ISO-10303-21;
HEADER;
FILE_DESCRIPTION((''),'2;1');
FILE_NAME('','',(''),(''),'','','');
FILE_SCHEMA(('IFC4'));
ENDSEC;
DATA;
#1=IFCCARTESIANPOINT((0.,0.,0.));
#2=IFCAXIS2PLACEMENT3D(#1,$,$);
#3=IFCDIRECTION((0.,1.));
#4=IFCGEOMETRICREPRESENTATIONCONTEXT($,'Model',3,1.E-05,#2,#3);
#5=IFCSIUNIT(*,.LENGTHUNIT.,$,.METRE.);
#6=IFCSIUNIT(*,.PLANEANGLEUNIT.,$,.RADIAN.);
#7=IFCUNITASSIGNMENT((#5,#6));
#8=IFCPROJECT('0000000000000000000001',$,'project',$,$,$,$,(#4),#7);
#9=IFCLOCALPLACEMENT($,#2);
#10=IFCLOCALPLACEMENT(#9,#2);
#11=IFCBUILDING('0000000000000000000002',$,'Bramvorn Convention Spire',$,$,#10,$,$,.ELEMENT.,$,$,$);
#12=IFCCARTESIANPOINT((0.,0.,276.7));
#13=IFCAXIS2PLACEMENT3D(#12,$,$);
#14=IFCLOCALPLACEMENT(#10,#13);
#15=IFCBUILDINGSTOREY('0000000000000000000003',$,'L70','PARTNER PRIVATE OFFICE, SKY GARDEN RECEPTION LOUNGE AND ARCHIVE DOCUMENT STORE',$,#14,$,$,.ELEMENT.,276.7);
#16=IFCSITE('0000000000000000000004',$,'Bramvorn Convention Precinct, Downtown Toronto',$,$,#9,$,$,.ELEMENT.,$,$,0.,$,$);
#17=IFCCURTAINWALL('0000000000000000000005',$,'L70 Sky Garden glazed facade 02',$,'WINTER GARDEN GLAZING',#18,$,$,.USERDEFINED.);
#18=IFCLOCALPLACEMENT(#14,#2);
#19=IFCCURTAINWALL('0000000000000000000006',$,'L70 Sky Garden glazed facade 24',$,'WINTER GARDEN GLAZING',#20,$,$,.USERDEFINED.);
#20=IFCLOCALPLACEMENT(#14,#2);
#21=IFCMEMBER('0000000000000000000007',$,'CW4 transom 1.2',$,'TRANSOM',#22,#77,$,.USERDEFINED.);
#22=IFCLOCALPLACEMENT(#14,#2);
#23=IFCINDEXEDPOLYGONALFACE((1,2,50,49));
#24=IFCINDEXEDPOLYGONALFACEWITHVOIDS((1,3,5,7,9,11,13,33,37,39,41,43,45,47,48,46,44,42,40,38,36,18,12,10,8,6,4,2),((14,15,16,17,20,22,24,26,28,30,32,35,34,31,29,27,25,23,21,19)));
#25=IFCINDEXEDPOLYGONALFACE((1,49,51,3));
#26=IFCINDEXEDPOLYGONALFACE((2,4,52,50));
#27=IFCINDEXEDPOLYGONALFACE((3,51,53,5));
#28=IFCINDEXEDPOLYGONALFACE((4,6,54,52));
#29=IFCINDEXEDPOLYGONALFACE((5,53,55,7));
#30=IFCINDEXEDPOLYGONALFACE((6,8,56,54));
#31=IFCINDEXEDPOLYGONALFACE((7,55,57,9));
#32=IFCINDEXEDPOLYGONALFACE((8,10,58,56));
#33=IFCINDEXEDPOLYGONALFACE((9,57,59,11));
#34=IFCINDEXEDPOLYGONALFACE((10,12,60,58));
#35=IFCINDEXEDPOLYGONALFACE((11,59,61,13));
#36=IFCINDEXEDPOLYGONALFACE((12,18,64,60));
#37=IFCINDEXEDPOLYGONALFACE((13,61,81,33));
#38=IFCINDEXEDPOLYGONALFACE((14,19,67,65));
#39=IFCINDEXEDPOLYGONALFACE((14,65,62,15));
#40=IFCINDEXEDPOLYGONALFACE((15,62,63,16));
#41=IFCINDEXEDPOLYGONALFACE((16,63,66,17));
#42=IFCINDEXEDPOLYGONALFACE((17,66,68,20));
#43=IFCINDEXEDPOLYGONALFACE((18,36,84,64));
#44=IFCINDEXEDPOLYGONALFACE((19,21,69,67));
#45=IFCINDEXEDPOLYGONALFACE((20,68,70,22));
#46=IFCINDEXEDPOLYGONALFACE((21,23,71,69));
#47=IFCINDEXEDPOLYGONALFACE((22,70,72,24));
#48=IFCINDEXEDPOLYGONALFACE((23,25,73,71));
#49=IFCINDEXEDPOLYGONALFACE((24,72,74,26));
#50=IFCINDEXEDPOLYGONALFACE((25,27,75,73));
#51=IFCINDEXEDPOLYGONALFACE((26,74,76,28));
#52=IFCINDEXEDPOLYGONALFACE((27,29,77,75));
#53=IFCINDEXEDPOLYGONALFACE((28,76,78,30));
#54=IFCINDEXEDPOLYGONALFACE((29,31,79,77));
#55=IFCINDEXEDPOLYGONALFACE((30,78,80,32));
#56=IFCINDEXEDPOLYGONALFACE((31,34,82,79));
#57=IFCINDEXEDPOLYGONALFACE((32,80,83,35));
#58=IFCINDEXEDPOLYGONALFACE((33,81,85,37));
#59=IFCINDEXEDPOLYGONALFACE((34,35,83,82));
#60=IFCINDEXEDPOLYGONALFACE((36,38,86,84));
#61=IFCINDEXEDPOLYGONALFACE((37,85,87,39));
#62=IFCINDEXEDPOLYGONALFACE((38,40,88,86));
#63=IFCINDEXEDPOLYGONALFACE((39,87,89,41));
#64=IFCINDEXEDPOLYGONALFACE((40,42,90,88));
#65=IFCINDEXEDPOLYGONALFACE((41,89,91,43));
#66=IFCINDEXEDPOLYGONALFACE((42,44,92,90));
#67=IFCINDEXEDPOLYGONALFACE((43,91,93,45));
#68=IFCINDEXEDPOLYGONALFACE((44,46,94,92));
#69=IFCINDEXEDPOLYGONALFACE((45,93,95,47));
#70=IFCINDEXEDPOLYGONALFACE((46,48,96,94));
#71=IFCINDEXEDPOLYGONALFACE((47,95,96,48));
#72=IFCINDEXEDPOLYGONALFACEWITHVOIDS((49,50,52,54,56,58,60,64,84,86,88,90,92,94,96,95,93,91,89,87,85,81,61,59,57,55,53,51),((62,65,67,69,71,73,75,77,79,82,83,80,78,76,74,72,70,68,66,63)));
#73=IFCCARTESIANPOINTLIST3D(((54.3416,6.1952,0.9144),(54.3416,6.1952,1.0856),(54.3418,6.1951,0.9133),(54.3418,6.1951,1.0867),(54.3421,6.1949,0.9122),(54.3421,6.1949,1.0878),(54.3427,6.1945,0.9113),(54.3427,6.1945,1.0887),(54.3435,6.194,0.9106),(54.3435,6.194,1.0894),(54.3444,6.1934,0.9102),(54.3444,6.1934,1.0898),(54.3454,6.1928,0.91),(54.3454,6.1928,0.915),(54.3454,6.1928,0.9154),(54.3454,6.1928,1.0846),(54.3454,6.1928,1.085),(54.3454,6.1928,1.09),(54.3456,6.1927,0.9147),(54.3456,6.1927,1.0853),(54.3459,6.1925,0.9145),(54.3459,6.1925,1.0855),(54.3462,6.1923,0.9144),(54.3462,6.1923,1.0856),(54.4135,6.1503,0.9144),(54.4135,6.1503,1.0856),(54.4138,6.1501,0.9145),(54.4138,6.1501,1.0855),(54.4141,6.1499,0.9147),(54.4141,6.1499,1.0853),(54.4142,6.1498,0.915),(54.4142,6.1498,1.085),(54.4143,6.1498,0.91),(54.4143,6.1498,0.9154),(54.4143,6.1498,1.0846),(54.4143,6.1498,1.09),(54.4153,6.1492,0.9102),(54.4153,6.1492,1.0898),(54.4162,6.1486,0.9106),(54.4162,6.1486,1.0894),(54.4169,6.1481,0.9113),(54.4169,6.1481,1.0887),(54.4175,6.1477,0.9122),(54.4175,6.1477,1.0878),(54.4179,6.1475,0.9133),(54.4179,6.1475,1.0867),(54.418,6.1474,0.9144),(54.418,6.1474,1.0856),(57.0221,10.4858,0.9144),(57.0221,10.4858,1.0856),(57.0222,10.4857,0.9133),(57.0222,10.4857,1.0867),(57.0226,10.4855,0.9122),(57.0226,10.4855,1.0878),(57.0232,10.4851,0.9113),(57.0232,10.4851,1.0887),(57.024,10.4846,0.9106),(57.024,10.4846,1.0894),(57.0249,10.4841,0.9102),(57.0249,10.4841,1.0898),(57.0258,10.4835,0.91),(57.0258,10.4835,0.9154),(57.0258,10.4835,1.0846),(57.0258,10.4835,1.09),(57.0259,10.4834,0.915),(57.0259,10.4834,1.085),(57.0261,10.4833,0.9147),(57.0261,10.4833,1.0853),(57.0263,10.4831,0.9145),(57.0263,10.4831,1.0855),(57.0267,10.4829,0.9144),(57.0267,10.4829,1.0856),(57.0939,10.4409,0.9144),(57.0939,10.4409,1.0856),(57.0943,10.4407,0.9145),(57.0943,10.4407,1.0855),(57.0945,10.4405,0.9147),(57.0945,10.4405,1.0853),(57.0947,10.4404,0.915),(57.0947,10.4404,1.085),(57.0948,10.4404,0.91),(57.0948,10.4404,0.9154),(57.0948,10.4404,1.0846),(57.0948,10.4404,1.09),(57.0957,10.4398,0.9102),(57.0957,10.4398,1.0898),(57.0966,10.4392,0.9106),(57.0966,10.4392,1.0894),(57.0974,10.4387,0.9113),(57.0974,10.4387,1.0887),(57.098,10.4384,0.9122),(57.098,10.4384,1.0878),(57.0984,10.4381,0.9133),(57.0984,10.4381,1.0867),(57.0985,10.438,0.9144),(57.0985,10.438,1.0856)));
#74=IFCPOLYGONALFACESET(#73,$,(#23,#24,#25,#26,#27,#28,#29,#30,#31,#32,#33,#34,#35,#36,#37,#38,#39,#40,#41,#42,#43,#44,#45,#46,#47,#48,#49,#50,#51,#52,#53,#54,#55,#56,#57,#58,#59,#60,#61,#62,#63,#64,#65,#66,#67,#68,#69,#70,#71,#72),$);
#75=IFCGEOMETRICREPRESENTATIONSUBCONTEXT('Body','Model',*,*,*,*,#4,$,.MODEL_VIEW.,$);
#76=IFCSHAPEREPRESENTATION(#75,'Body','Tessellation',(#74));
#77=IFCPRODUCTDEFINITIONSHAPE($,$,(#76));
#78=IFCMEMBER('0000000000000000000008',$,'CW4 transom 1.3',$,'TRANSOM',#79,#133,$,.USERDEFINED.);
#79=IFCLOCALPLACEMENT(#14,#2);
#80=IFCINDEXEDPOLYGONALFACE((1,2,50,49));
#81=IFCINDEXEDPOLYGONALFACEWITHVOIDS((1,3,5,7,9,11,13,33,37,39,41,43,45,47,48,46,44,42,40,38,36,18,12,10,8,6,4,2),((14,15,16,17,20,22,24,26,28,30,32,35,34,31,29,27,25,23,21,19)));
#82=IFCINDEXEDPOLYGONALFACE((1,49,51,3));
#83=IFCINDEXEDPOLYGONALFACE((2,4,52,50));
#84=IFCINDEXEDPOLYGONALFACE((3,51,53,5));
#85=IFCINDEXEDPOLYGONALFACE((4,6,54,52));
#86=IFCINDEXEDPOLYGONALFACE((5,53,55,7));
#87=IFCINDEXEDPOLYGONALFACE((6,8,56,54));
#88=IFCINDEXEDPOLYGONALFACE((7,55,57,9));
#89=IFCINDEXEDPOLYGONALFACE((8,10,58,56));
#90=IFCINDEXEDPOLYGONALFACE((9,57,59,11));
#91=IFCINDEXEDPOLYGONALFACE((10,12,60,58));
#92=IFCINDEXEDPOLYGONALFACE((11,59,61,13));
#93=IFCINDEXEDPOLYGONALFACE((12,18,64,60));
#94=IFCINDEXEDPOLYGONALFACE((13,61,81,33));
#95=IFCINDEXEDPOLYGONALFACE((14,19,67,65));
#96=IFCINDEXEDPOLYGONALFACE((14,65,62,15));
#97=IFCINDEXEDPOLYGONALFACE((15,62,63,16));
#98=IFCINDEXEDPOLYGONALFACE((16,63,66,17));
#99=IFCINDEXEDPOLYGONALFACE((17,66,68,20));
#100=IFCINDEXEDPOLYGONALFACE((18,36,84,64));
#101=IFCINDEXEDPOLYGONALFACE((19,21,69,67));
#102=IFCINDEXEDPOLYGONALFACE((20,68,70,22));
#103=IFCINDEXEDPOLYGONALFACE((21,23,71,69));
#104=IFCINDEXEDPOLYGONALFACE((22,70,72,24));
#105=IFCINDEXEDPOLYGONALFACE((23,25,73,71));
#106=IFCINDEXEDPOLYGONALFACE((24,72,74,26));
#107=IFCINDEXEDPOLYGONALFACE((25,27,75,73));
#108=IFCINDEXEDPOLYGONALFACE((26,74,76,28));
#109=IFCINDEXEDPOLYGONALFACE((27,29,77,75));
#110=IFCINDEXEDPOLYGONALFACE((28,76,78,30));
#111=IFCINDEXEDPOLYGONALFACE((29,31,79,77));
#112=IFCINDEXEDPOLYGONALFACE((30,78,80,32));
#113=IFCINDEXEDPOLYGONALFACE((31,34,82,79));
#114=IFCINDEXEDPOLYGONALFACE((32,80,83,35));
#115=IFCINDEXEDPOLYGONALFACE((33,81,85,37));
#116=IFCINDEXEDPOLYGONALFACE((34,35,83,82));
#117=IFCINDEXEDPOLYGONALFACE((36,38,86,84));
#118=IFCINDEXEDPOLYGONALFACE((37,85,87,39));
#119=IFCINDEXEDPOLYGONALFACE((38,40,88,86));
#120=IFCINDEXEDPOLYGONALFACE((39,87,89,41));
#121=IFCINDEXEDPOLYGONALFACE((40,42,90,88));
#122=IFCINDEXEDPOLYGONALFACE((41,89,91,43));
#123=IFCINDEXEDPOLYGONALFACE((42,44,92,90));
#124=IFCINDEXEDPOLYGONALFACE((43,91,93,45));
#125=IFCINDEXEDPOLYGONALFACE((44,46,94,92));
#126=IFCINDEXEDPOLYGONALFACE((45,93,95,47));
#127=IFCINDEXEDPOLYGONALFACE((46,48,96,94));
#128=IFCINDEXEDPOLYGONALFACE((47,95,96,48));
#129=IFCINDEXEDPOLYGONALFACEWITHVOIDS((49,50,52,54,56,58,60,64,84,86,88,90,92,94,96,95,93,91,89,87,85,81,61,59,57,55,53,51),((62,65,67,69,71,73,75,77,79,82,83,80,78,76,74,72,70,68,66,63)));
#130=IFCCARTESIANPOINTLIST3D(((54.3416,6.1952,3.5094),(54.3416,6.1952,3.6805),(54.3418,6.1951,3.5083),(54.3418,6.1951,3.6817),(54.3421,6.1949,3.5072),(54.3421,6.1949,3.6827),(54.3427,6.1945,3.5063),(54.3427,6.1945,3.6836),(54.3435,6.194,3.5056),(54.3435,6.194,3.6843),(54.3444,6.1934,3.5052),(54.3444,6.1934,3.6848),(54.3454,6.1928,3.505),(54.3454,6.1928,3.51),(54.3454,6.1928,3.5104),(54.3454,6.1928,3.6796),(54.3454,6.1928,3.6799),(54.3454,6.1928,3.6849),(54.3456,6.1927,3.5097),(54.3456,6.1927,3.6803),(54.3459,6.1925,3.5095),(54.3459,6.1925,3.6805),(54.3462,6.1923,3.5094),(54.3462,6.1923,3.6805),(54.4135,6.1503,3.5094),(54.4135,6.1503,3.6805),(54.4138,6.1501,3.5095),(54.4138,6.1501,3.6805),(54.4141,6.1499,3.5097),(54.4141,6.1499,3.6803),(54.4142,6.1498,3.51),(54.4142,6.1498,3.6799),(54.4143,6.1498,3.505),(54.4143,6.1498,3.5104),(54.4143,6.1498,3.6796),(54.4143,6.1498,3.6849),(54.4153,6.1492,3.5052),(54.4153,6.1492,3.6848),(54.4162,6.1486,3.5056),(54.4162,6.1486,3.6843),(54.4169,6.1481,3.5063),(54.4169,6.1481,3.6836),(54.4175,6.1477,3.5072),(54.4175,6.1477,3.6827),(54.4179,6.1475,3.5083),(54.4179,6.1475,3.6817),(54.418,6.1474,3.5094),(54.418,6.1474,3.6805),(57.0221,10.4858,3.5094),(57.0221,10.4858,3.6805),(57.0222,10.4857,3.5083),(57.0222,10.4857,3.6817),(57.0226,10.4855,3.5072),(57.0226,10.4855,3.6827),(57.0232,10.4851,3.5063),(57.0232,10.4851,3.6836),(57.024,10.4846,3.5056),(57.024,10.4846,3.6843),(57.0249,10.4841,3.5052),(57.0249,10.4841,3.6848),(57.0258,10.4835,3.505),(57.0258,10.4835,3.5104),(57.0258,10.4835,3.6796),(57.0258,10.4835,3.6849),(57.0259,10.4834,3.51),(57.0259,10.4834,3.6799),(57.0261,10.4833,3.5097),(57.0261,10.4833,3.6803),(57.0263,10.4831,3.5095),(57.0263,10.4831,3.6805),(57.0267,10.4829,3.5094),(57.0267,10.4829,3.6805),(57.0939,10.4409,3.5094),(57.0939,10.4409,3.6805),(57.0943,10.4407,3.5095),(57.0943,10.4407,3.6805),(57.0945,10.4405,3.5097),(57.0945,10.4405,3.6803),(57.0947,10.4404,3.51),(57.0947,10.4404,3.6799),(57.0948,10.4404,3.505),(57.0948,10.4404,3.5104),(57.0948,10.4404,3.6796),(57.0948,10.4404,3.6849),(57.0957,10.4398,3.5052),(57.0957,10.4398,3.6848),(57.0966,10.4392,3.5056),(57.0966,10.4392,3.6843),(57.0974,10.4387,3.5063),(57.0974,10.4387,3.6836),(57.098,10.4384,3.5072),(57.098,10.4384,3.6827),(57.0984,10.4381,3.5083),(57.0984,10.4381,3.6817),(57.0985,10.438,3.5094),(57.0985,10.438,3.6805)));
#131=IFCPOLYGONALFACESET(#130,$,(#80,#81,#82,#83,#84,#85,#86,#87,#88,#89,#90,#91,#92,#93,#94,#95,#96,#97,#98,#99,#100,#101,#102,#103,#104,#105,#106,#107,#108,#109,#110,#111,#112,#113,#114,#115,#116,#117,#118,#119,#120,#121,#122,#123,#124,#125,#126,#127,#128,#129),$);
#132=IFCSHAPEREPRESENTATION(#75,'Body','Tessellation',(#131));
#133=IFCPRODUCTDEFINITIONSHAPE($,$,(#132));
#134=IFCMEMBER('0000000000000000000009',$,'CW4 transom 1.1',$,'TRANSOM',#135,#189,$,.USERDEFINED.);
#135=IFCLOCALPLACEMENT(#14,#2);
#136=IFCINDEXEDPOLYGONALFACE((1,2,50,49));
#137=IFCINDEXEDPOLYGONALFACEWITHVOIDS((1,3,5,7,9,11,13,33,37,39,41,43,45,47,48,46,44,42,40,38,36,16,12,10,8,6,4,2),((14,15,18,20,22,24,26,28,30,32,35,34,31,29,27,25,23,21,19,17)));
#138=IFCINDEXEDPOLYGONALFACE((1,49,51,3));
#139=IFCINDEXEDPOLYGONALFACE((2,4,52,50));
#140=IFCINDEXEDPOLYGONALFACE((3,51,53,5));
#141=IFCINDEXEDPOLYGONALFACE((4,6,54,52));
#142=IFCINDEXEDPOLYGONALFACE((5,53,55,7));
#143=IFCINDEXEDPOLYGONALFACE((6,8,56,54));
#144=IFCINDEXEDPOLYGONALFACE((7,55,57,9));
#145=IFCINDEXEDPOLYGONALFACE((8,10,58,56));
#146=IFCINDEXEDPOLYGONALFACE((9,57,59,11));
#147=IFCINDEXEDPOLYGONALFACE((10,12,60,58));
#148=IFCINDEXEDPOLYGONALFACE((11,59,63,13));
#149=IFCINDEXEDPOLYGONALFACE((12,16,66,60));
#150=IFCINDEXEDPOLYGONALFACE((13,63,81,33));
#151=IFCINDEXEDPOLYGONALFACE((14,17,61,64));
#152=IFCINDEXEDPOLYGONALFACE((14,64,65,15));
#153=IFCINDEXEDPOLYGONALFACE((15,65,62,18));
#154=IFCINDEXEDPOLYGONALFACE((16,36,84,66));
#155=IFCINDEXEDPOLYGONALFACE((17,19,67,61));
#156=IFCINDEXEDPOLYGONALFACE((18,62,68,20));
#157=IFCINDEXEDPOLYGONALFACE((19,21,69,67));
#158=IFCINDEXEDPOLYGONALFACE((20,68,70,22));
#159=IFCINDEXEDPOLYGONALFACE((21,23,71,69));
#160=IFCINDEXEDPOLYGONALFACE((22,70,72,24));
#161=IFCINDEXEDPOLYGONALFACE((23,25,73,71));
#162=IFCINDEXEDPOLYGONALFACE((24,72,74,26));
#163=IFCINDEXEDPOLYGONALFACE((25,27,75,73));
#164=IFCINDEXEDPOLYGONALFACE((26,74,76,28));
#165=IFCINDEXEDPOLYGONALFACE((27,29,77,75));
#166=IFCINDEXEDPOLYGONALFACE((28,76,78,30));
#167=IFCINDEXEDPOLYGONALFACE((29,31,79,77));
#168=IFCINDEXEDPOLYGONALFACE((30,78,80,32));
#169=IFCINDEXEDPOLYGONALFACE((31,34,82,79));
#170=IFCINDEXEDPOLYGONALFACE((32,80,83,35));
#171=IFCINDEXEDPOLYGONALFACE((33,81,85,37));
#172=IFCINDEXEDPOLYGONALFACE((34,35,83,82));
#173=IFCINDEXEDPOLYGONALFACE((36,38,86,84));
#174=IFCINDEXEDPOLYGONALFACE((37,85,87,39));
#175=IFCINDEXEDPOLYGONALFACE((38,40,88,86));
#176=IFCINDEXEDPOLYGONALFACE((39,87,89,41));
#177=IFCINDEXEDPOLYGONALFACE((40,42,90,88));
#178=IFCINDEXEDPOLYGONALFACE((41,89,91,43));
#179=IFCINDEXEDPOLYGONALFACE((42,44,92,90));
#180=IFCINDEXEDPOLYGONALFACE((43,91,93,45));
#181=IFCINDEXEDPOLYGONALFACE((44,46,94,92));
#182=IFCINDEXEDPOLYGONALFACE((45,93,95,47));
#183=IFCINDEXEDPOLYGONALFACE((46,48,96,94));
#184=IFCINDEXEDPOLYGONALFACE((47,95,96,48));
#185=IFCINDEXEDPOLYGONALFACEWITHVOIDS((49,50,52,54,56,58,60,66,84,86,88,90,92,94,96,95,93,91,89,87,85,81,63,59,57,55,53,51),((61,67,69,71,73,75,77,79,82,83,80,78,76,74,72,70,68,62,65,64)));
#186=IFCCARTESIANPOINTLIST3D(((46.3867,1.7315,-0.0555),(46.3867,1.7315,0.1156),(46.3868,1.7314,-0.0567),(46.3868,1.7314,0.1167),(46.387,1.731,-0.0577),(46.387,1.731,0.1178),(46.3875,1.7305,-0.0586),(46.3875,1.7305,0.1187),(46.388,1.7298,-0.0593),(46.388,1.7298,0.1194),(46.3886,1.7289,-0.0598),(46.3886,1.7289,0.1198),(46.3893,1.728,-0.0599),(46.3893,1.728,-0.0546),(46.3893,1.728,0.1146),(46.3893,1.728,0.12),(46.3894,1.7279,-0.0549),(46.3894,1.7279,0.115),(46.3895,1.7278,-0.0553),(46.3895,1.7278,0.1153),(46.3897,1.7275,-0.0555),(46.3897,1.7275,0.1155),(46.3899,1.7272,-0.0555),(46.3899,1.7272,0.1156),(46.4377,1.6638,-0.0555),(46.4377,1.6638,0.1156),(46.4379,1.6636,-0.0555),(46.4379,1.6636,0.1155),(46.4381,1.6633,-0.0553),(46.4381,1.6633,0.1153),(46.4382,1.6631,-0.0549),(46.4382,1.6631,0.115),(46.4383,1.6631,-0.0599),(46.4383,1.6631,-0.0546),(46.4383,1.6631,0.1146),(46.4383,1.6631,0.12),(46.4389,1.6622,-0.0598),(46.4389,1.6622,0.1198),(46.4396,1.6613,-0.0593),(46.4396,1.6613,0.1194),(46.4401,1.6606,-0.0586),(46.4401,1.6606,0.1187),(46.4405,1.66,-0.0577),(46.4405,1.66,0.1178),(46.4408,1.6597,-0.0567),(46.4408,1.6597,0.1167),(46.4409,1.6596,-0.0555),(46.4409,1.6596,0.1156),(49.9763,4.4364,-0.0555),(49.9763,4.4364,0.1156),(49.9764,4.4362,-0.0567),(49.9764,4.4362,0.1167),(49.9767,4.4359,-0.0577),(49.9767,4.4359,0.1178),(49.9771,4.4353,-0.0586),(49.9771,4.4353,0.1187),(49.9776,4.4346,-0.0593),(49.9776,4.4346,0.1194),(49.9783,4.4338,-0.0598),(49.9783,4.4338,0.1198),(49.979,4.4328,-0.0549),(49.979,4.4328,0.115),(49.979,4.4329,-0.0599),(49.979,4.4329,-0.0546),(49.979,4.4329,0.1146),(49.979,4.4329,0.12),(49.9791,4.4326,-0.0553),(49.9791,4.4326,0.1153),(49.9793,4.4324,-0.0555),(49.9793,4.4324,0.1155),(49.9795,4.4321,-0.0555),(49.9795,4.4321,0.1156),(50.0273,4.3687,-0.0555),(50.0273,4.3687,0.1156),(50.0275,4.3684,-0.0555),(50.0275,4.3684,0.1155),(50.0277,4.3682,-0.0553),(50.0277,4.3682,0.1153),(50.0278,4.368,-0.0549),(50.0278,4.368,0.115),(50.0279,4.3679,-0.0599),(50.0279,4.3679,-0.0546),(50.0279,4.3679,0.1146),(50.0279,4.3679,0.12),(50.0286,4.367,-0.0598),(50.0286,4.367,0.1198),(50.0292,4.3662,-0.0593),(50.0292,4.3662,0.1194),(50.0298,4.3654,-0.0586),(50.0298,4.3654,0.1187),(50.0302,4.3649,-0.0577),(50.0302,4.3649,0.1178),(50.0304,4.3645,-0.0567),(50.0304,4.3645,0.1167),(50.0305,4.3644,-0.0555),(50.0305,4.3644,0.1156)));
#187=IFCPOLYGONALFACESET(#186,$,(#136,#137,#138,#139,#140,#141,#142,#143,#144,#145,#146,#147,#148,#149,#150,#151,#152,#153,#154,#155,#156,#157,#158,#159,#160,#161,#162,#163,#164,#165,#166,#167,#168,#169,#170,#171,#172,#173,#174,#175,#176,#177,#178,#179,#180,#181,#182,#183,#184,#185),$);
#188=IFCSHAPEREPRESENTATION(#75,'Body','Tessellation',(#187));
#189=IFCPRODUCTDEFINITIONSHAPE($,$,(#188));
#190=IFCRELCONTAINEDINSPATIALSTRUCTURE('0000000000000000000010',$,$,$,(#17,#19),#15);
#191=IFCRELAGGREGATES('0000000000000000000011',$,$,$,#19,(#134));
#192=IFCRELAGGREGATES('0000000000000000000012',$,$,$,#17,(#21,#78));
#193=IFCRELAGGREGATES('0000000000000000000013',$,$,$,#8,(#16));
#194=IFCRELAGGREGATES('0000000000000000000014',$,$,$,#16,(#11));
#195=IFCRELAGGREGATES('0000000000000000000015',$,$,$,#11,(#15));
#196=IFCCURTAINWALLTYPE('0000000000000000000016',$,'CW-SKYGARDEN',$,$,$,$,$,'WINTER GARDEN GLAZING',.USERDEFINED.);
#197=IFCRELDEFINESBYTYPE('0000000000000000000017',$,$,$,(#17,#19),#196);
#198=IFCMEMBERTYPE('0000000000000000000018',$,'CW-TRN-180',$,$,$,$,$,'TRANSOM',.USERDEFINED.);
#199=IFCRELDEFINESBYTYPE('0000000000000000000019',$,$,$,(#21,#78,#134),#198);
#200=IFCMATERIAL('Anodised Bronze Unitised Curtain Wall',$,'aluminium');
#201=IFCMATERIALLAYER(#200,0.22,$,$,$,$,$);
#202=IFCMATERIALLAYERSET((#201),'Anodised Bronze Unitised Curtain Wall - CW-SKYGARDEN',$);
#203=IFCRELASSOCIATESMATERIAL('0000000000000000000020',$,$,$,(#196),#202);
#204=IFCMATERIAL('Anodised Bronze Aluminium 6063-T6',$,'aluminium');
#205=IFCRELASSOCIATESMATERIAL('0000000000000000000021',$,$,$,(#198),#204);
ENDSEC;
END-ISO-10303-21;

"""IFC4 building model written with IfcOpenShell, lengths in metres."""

from ifc_helpers import new_model, si_unit, direction, frame, origin, origin_2d, place, context, subcontext, project, spatial, hollow_rectangle, extrude, material, layer, layer_set, material_profile, profile_set, type_object, element, aggregate, save


model = new_model("IFC4")

# Units and contexts
model_context = context("Model", 3, precision=1e-05, world=origin(), true_north=direction((0.0, 1.0)))
body_context = subcontext(model_context, "Body", "Model", "MODEL_VIEW")
ifc_project = project(units=[si_unit("LENGTHUNIT", "METRE"), si_unit("PLANEANGLEUNIT", "RADIAN")], contexts=[model_context])

# Site, building, storey
site_placement = place(None, origin())
site = spatial("IfcSite", under=ifc_project, at=site_placement, Name="Bramvorn Convention Precinct, Downtown Toronto", CompositionType="ELEMENT", RefElevation=0.0)
building_placement = place(site_placement, origin())
building = spatial("IfcBuilding", under=site, at=building_placement, Name="Bramvorn Convention Spire", CompositionType="ELEMENT")
storey_placement = place(building_placement, frame((0.0, 0.0, 276.7)))
storey = spatial("IfcBuildingStorey", under=building, at=storey_placement, Name="L70", Description="PARTNER PRIVATE OFFICE, SKY GARDEN RECEPTION LOUNGE AND ARCHIVE DOCUMENT STORE", CompositionType="ELEMENT", Elevation=276.7)

# Curtain wall
ifc_material_1 = material(Name="Anodised Bronze Unitised Curtain Wall", Category="aluminium")
ifc_layer_1 = layer(ifc_material_1, 0.22)
ifc_layer_set_1 = layer_set([ifc_layer_1], Name="Anodised Bronze Unitised Curtain Wall - CW-SKYGARDEN")
curtain_wall_type = type_object("IfcCurtainWallType", Name="CW-SKYGARDEN", ElementType="WINTER GARDEN GLAZING", PredefinedType="USERDEFINED", material=ifc_layer_set_1)
ifc_material_2 = material(Name="Anodised Bronze Aluminium 6063-T6", Category="aluminium")
curtain_wall_1_placement = place(storey_placement, origin())
curtain_wall_1 = element("IfcCurtainWall", 1, at=curtain_wall_1_placement, inside=storey, type_object=curtain_wall_type, Name="L70 Sky Garden glazed facade 02", ObjectType="WINTER GARDEN GLAZING", PredefinedType="USERDEFINED")

# Curtain wall
curtain_wall_2_placement = place(storey_placement, origin())
curtain_wall_2 = element("IfcCurtainWall", 2, at=curtain_wall_2_placement, inside=storey, type_object=curtain_wall_type, Name="L70 Sky Garden glazed facade 24", ObjectType="WINTER GARDEN GLAZING", PredefinedType="USERDEFINED")

# Members
ifc_material_profile_1 = material_profile(ifc_material_2, hollow_rectangle(XDim=0.0901, YDim=0.1799, WallThickness=0.0044, InnerFilletRadius=0.001, OuterFilletRadius=0.0044, at=origin_2d()))
ifc_profile_set_1 = profile_set([ifc_material_profile_1], Name="Anodised Bronze Aluminium 6063-T6 - CWT90X180")
member_type_1 = type_object("IfcMemberType", Name="CW-TRN-180", ElementType="TRANSOM", PredefinedType="USERDEFINED", material=ifc_profile_set_1)
member_1_placement = place(storey_placement, frame((57.0603, 10.4619, 1.0), z_axis=(-0.529834, -0.848101, 0.0), x_axis=(0.848101, -0.529834, 0.0)))
member_1 = element("IfcMember", 3, at=member_1_placement, type_object=member_type_1, Name="CW4 transom 1.2", ObjectType="TRANSOM", PredefinedType="USERDEFINED", context=body_context, shape_type="SweptSolid", body=[
    extrude(hollow_rectangle(XDim=0.0901, YDim=0.1799, WallThickness=0.0044, InnerFilletRadius=0.001, OuterFilletRadius=0.0044, at=origin_2d()), origin(), (0.0, 0.0, 1.0), 5.0591),
])
member_2_placement = place(storey_placement, frame((57.0603, 10.4619, 3.595), z_axis=(-0.529834, -0.848101, 0.0), x_axis=(0.848101, -0.529834, 0.0)))
member_2 = element("IfcMember", 4, at=member_2_placement, type_object=member_type_1, Name="CW4 transom 1.3", ObjectType="TRANSOM", PredefinedType="USERDEFINED", context=body_context, shape_type="SweptSolid", body=[
    extrude(hollow_rectangle(XDim=0.0901, YDim=0.1799, WallThickness=0.0044, InnerFilletRadius=0.001, OuterFilletRadius=0.0044, at=origin_2d()), origin(), (0.0, 0.0, 1.0), 5.0591),
])
member_3_placement = place(storey_placement, frame((50.0034, 4.4004, 0.03), z_axis=(-0.798649, -0.601798, 0.0), x_axis=(0.601798, -0.798649, 0.0)))
member_3 = element("IfcMember", 5, at=member_3_placement, type_object=member_type_1, Name="CW4 transom 1.1", ObjectType="TRANSOM", PredefinedType="USERDEFINED", context=body_context, shape_type="SweptSolid", body=[
    extrude(hollow_rectangle(XDim=0.0901, YDim=0.1799, WallThickness=0.0044, InnerFilletRadius=0.001, OuterFilletRadius=0.0044, at=origin_2d()), origin(), (0.0, 0.0, 1.0), 4.4946),
])
aggregate(curtain_wall_2, [member_3])

aggregate(curtain_wall_1, [member_1, member_2])

save(model, "model.ifc")
